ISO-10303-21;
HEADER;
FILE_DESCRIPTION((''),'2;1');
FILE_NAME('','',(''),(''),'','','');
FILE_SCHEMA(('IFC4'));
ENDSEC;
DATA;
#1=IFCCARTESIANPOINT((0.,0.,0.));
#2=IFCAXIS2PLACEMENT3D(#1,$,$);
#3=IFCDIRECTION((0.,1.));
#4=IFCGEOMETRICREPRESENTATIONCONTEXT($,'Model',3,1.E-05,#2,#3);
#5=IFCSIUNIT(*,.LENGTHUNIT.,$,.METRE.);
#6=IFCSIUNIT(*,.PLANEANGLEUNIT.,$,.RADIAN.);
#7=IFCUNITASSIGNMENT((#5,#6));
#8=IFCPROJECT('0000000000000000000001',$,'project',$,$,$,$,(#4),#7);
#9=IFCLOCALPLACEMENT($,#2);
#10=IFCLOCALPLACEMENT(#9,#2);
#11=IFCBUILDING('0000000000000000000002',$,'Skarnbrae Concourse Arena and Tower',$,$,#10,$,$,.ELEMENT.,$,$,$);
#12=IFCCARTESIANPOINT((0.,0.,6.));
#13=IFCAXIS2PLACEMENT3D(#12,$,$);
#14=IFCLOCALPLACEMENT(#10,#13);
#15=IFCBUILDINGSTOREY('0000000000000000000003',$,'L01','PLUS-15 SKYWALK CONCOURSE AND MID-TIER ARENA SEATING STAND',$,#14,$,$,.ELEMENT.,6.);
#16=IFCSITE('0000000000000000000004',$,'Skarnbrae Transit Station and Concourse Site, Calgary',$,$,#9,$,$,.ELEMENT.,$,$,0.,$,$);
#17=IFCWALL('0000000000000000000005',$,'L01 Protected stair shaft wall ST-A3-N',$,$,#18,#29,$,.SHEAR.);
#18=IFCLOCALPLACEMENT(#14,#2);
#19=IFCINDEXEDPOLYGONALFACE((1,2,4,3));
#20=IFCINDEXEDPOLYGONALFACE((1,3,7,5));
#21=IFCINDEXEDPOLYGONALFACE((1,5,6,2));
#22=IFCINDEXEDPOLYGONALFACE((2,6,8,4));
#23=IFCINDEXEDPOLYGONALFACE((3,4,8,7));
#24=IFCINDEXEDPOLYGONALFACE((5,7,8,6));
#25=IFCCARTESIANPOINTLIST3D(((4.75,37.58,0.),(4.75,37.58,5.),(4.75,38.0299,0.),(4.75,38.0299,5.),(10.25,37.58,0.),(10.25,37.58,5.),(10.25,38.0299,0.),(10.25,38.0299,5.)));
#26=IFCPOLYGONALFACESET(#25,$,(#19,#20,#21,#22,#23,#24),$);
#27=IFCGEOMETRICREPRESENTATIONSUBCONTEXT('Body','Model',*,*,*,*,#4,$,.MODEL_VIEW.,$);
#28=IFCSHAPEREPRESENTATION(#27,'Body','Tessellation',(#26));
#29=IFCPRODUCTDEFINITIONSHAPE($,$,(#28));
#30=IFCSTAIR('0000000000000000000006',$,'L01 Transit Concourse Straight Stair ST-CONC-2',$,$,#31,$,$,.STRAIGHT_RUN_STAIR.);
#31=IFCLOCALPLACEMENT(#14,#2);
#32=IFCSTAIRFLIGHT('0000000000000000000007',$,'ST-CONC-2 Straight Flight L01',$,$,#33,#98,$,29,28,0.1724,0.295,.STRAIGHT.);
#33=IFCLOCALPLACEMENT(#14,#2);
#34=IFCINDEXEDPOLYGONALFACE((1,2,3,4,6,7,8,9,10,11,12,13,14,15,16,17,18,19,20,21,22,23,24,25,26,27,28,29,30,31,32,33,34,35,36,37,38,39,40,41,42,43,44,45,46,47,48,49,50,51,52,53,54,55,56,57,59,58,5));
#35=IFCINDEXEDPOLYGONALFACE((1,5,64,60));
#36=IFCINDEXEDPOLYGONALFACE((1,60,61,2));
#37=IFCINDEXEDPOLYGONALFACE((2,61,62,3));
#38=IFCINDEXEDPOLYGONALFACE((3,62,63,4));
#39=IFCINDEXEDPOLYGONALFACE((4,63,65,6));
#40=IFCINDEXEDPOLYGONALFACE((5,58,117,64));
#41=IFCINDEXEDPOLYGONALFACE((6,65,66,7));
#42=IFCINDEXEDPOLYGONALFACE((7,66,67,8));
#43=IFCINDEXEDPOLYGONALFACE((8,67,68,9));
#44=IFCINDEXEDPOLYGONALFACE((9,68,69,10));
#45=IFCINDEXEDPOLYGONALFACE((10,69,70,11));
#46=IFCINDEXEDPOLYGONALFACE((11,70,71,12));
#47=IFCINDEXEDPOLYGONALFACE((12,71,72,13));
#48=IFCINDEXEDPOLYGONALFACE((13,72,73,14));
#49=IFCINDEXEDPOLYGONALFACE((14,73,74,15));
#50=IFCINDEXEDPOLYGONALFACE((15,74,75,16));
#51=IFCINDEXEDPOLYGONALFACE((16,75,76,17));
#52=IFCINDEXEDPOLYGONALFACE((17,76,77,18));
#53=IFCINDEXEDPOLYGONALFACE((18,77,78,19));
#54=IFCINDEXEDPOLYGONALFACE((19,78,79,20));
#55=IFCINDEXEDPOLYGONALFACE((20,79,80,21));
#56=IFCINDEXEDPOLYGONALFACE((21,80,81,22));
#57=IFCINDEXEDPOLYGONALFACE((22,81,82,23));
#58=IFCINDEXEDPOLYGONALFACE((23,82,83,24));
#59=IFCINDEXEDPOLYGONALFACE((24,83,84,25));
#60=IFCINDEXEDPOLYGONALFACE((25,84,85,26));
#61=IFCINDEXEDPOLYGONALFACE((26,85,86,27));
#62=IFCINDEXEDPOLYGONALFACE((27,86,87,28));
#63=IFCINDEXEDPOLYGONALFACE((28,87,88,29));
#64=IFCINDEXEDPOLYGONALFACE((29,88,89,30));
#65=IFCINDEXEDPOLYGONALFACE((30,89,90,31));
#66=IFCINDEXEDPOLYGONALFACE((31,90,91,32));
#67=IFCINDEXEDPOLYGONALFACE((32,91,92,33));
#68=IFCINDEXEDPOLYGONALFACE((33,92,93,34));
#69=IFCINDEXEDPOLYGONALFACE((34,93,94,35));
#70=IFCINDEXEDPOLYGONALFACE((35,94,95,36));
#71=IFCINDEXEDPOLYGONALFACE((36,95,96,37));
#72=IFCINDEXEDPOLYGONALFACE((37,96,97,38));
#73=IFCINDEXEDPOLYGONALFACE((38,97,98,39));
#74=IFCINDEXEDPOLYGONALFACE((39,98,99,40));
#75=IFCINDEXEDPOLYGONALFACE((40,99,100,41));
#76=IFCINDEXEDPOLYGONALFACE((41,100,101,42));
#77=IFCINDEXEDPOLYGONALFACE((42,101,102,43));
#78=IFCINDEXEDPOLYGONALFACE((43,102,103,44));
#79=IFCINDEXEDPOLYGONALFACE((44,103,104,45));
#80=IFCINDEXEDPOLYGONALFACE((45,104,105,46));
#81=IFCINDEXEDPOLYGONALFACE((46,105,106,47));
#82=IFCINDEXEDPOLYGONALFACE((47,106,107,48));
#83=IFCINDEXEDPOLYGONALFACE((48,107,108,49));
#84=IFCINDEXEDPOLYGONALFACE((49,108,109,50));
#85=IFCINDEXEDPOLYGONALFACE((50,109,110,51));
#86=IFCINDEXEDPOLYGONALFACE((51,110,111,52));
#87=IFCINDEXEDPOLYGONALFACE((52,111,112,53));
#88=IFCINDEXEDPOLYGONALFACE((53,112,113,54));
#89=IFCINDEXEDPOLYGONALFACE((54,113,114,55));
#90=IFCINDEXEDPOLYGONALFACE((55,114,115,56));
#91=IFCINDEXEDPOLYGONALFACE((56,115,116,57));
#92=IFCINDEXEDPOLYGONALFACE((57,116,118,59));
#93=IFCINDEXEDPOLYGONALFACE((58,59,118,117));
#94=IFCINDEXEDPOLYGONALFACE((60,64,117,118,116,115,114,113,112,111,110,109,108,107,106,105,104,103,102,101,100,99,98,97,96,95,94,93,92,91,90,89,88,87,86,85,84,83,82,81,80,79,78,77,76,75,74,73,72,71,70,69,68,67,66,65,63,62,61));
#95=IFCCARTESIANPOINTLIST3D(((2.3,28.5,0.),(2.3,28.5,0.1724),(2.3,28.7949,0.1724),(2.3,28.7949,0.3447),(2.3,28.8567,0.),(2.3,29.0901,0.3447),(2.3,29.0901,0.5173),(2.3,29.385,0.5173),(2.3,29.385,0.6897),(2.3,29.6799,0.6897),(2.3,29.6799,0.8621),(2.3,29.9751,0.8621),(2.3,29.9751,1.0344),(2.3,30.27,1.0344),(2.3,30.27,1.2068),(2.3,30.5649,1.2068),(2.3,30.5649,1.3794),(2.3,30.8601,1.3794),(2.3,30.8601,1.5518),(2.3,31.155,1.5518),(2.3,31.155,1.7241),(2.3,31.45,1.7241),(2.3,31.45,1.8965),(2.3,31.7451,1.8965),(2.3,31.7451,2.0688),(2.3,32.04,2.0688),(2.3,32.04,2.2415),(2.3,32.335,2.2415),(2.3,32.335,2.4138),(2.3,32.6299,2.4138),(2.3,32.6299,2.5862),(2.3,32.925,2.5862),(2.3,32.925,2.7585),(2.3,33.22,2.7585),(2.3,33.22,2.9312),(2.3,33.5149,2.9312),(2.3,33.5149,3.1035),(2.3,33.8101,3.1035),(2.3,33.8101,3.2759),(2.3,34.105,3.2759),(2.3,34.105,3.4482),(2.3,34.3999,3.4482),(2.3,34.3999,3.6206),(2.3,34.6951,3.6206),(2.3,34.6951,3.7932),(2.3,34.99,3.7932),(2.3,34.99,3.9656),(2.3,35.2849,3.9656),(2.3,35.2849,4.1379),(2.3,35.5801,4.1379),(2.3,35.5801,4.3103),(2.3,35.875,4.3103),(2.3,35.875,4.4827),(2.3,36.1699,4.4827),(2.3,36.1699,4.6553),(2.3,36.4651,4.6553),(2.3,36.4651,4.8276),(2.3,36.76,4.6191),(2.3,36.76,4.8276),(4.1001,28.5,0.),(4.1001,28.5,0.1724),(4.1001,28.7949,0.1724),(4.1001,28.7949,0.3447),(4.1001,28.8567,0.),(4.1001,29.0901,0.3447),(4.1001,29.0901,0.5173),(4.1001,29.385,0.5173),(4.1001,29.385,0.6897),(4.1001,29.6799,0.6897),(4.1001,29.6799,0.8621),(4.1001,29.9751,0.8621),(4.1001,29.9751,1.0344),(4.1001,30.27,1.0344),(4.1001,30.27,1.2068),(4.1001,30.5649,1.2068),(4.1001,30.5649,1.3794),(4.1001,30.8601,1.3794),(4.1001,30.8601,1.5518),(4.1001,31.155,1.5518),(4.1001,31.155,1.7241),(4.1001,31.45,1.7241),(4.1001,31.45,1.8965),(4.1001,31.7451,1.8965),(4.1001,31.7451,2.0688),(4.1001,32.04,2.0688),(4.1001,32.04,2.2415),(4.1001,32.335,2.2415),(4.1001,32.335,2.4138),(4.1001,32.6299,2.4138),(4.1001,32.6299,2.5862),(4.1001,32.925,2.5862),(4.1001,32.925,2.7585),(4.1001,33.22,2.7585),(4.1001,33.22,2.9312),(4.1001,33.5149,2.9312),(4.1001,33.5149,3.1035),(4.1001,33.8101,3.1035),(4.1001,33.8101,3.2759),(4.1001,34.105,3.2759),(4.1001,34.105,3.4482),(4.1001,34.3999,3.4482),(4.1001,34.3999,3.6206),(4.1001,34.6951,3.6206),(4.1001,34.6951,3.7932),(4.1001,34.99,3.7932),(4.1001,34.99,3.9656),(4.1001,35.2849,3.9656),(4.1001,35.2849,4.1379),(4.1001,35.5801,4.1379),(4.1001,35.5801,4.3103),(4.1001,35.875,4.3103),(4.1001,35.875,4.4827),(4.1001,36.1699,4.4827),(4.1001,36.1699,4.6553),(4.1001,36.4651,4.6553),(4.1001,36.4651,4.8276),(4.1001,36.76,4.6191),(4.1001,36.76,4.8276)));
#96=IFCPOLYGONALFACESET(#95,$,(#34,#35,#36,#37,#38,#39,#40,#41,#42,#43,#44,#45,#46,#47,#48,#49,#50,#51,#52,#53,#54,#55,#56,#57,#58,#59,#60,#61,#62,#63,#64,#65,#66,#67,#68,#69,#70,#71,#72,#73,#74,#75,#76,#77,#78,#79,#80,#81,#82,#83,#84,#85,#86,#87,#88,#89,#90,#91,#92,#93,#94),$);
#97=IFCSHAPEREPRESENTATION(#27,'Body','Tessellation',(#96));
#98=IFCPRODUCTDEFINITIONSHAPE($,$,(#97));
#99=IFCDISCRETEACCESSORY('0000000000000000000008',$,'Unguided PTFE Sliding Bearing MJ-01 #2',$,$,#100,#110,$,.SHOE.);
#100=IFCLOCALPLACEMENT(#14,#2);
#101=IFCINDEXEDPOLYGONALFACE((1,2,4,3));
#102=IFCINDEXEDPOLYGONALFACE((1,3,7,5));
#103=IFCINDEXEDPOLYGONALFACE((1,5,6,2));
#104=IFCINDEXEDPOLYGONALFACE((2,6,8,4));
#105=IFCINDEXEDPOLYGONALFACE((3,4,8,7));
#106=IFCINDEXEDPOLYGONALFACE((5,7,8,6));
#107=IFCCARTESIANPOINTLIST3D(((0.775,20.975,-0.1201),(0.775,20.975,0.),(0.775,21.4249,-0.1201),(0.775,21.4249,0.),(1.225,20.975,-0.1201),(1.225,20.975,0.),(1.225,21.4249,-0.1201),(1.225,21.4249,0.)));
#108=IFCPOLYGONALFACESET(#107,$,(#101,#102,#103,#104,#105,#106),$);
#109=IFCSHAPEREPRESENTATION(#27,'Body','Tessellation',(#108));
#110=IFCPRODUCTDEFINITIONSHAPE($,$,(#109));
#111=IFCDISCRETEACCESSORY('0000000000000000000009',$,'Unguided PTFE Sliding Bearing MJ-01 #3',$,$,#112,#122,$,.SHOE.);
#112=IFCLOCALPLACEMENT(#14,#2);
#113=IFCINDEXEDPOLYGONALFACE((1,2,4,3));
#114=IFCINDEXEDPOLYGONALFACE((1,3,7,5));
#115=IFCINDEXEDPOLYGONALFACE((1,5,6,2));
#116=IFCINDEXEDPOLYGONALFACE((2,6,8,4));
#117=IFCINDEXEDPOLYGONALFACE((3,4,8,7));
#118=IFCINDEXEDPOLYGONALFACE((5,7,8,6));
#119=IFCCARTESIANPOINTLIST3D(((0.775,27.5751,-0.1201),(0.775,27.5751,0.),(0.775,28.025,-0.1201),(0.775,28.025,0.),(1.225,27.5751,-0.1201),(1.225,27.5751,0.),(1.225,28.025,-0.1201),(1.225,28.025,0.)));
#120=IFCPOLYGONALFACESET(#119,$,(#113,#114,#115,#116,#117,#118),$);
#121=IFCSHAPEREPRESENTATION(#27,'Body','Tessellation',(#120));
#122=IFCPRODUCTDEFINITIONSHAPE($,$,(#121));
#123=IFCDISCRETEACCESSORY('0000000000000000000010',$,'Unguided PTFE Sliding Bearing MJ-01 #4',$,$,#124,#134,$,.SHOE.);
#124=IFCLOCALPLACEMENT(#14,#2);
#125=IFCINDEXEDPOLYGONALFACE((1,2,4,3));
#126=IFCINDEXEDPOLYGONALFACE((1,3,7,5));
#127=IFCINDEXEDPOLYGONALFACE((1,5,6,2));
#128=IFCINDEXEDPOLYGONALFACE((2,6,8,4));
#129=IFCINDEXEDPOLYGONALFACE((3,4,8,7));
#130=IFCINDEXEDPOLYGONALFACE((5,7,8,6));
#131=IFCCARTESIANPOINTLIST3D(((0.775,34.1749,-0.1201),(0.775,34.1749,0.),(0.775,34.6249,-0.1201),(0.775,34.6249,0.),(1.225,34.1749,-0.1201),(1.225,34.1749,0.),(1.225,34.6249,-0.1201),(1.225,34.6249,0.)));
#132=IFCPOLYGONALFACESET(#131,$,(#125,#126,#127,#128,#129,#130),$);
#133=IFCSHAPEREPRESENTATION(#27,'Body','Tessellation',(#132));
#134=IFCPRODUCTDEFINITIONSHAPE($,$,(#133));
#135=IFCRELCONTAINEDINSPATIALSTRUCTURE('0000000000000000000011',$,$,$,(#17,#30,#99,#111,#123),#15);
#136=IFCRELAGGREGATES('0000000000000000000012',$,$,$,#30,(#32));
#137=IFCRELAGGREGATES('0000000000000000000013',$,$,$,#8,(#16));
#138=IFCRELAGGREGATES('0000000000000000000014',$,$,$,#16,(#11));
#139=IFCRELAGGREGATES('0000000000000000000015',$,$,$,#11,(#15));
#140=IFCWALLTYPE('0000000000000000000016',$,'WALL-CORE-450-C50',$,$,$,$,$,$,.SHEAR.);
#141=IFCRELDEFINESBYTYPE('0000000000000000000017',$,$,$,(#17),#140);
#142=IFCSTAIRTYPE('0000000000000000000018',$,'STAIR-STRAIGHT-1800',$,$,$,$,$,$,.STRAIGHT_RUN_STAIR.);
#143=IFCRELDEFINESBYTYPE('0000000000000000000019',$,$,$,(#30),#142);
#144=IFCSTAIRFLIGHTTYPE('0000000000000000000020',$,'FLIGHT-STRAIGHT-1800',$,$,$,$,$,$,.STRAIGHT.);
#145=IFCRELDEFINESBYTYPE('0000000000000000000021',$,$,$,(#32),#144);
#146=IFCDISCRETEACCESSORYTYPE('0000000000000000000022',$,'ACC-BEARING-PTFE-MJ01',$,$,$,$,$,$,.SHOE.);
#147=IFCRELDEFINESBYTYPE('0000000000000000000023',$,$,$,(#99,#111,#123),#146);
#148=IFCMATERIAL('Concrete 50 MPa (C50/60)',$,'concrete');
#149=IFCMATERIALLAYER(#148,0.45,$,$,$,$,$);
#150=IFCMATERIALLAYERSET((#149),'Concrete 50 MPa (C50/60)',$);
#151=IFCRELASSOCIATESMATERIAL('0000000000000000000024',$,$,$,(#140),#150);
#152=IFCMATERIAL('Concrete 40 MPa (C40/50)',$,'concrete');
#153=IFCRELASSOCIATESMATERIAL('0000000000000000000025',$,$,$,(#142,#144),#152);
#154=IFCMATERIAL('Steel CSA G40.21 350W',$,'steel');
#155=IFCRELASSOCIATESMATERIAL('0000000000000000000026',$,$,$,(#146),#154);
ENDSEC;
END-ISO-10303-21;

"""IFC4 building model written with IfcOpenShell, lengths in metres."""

from ifc_helpers import new_model, si_unit, direction, frame, frame_2d, origin, origin_2d, place, context, subcontext, project, spatial, polyline, rectangle, outline, extrude, source, transform, mapped, material, layer, layer_set, type_object, element, aggregate, save


model = new_model("IFC4")

# Units and contexts
model_context = context("Model", 3, precision=1e-05, world=origin(), true_north=direction((0.0, 1.0)))
body_context = subcontext(model_context, "Body", "Model", "MODEL_VIEW")
ifc_project = project(units=[si_unit("LENGTHUNIT", "METRE"), si_unit("PLANEANGLEUNIT", "RADIAN")], contexts=[model_context])

# Site, building, storey
site_placement = place(None, origin())
site = spatial("IfcSite", under=ifc_project, at=site_placement, Name="Skarnbrae Transit Station and Concourse Site, Calgary", CompositionType="ELEMENT", RefElevation=0.0)
building_placement = place(site_placement, origin())
building = spatial("IfcBuilding", under=site, at=building_placement, Name="Skarnbrae Concourse Arena and Tower", CompositionType="ELEMENT")
storey_placement = place(building_placement, frame((0.0, 0.0, 6.0)))
storey = spatial("IfcBuildingStorey", under=building, at=storey_placement, Name="L01", Description="PLUS-15 SKYWALK CONCOURSE AND MID-TIER ARENA SEATING STAND", CompositionType="ELEMENT", Elevation=6.0)

# Shared definitions
ifc_material_1 = material(Name="Steel CSA G40.21 350W", Category="steel")

# Shared definitions
ifc_material_2 = material(Name="Concrete 50 MPa (C50/60)", Category="concrete")
ifc_layer_1 = layer(ifc_material_2, 0.45)
ifc_layer_set_1 = layer_set([ifc_layer_1], Name="Concrete 50 MPa (C50/60)")
wall_type = type_object("IfcWallType", Name="WALL-CORE-450-C50", PredefinedType="SHEAR", material=ifc_layer_set_1)

# Shared definitions
shared_shape_1 = source(origin(), body_context, "Body", "SweptSolid", [
    extrude(rectangle(XDim=5.5, YDim=0.45, at=frame_2d((2.75, 0.0))), origin(), (0.0, 0.0, 1.0), 5.0),
])

# Wall
wall_1_placement = place(storey_placement, frame((4.75, 37.8049, 0.0), z_axis=(0.0, 0.0, 1.0), x_axis=(1.0, 0.0, 0.0)))
element("IfcWall", 1, at=wall_1_placement, inside=storey, type_object=wall_type, Name="L01 Protected stair shaft wall ST-A3-N", PredefinedType="SHEAR", context=body_context, shape_type="MappedRepresentation", body=[
    mapped(shared_shape_1, transform((0.0, 0.0, 0.0))),
])

# Stair, stair flight
ifc_material_3 = material(Name="Concrete 40 MPa (C40/50)", Category="concrete")
stair_type = type_object("IfcStairType", Name="STAIR-STRAIGHT-1800", PredefinedType="STRAIGHT_RUN_STAIR", material=ifc_material_3)
stair_placement = place(storey_placement, origin())
stair = element("IfcStair", 2, at=stair_placement, inside=storey, type_object=stair_type, Name="L01 Transit Concourse Straight Stair ST-CONC-2", PredefinedType="STRAIGHT_RUN_STAIR")
stair_flight_type = type_object("IfcStairFlightType", Name="FLIGHT-STRAIGHT-1800", PredefinedType="STRAIGHT", material=ifc_material_3)
shared_shape_2 = source(origin(), body_context, "Body", "SweptSolid", [
    extrude(outline(polyline([(0.0, 0.0), (0.0, 0.1724), (0.2949, 0.1724), (0.2949, 0.3447), (0.5901, 0.3447), (0.5901, 0.5173), (0.885, 0.5173), (0.885, 0.6897), (1.1799, 0.6897), (1.1799, 0.8621), (1.4751, 0.8621), (1.4751, 1.0344), (1.77, 1.0344), (1.77, 1.2068), (2.0649, 1.2068), (2.0649, 1.3794), (2.3601, 1.3794), (2.3601, 1.5518), (2.655, 1.5518), (2.655, 1.7241), (2.95, 1.7241), (2.95, 1.8965), (3.2451, 1.8965), (3.2451, 2.0688), (3.54, 2.0688), (3.54, 2.2415), (3.835, 2.2415), (3.835, 2.4138), (4.1299, 2.4138), (4.1299, 2.5862), (4.425, 2.5862), (4.425, 2.7585), (4.72, 2.7585), (4.72, 2.9312), (5.0149, 2.9312), (5.0149, 3.1035), (5.3101, 3.1035), (5.3101, 3.2759), (5.605, 3.2759), (5.605, 3.4482), (5.8999, 3.4482), (5.8999, 3.6206), (6.1951, 3.6206), (6.1951, 3.7932), (6.49, 3.7932), (6.49, 3.9656), (6.7849, 3.9656), (6.7849, 4.1379), (7.0801, 4.1379), (7.0801, 4.3103), (7.375, 4.3103), (7.375, 4.4827), (7.6699, 4.4827), (7.6699, 4.6553), (7.9651, 4.6553), (7.9651, 4.8276), (8.26, 4.8276), (8.26, 5.0), (8.26, 4.6191), (0.3567, 0.0), (0.0, 0.0)])), frame((0.0, 0.8999, 0.0), z_axis=(0.0, -1.0, 0.0), x_axis=(1.0, 0.0, 0.0)), (0.0, 0.0, 1.0), 1.8),
])
stair_flight_placement = place(storey_placement, frame((3.2, 28.5, 0.0), z_axis=(0.0, 0.0, 1.0), x_axis=(0.0, 1.0, 0.0)))
stair_flight = element("IfcStairFlight", 3, at=stair_flight_placement, type_object=stair_flight_type, Name="ST-CONC-2 Straight Flight L01", NumberOfRisers=29, NumberOfTreads=28, PredefinedType="STRAIGHT", RiserHeight=0.1724, TreadLength=0.295, context=body_context, shape_type="MappedRepresentation", body=[
    mapped(shared_shape_2, transform((0.0, 0.0, 0.0))),
])
aggregate(stair, [stair_flight])

# Discrete accessories
discrete_accessory_type = type_object("IfcDiscreteAccessoryType", Name="ACC-BEARING-PTFE-MJ01", PredefinedType="SHOE", material=ifc_material_1)
shared_shape_3 = source(origin(), body_context, "Body", "SweptSolid", [
    extrude(rectangle(XDim=0.45, YDim=0.45, at=origin_2d()), origin(), (0.0, 0.0, 1.0), 0.1201),
])
for number, where, z_axis, x_axis, name in (
    (4, (1.0, 21.2, -0.1201), (0.0, 0.0, 1.0), (1.0, 0.0, 0.0), "Unguided PTFE Sliding Bearing MJ-01 #2"),
    (5, (1.0, 27.8, -0.1201), (0.0, 0.0, 1.0), (1.0, 0.0, 0.0), "Unguided PTFE Sliding Bearing MJ-01 #3"),
    (6, (1.0, 34.3999, -0.1201), (0.0, 0.0, 1.0), (1.0, 0.0, 0.0), "Unguided PTFE Sliding Bearing MJ-01 #4"),
):
    element("IfcDiscreteAccessory", number, at=place(storey_placement, frame(where, z_axis=z_axis, x_axis=x_axis)), inside=storey, type_object=discrete_accessory_type, Name=name, PredefinedType="SHOE", context=body_context, shape_type="MappedRepresentation", body=[
        mapped(shared_shape_3, transform((0.0, 0.0, 0.0))),
    ])

save(model, "model.ifc")
